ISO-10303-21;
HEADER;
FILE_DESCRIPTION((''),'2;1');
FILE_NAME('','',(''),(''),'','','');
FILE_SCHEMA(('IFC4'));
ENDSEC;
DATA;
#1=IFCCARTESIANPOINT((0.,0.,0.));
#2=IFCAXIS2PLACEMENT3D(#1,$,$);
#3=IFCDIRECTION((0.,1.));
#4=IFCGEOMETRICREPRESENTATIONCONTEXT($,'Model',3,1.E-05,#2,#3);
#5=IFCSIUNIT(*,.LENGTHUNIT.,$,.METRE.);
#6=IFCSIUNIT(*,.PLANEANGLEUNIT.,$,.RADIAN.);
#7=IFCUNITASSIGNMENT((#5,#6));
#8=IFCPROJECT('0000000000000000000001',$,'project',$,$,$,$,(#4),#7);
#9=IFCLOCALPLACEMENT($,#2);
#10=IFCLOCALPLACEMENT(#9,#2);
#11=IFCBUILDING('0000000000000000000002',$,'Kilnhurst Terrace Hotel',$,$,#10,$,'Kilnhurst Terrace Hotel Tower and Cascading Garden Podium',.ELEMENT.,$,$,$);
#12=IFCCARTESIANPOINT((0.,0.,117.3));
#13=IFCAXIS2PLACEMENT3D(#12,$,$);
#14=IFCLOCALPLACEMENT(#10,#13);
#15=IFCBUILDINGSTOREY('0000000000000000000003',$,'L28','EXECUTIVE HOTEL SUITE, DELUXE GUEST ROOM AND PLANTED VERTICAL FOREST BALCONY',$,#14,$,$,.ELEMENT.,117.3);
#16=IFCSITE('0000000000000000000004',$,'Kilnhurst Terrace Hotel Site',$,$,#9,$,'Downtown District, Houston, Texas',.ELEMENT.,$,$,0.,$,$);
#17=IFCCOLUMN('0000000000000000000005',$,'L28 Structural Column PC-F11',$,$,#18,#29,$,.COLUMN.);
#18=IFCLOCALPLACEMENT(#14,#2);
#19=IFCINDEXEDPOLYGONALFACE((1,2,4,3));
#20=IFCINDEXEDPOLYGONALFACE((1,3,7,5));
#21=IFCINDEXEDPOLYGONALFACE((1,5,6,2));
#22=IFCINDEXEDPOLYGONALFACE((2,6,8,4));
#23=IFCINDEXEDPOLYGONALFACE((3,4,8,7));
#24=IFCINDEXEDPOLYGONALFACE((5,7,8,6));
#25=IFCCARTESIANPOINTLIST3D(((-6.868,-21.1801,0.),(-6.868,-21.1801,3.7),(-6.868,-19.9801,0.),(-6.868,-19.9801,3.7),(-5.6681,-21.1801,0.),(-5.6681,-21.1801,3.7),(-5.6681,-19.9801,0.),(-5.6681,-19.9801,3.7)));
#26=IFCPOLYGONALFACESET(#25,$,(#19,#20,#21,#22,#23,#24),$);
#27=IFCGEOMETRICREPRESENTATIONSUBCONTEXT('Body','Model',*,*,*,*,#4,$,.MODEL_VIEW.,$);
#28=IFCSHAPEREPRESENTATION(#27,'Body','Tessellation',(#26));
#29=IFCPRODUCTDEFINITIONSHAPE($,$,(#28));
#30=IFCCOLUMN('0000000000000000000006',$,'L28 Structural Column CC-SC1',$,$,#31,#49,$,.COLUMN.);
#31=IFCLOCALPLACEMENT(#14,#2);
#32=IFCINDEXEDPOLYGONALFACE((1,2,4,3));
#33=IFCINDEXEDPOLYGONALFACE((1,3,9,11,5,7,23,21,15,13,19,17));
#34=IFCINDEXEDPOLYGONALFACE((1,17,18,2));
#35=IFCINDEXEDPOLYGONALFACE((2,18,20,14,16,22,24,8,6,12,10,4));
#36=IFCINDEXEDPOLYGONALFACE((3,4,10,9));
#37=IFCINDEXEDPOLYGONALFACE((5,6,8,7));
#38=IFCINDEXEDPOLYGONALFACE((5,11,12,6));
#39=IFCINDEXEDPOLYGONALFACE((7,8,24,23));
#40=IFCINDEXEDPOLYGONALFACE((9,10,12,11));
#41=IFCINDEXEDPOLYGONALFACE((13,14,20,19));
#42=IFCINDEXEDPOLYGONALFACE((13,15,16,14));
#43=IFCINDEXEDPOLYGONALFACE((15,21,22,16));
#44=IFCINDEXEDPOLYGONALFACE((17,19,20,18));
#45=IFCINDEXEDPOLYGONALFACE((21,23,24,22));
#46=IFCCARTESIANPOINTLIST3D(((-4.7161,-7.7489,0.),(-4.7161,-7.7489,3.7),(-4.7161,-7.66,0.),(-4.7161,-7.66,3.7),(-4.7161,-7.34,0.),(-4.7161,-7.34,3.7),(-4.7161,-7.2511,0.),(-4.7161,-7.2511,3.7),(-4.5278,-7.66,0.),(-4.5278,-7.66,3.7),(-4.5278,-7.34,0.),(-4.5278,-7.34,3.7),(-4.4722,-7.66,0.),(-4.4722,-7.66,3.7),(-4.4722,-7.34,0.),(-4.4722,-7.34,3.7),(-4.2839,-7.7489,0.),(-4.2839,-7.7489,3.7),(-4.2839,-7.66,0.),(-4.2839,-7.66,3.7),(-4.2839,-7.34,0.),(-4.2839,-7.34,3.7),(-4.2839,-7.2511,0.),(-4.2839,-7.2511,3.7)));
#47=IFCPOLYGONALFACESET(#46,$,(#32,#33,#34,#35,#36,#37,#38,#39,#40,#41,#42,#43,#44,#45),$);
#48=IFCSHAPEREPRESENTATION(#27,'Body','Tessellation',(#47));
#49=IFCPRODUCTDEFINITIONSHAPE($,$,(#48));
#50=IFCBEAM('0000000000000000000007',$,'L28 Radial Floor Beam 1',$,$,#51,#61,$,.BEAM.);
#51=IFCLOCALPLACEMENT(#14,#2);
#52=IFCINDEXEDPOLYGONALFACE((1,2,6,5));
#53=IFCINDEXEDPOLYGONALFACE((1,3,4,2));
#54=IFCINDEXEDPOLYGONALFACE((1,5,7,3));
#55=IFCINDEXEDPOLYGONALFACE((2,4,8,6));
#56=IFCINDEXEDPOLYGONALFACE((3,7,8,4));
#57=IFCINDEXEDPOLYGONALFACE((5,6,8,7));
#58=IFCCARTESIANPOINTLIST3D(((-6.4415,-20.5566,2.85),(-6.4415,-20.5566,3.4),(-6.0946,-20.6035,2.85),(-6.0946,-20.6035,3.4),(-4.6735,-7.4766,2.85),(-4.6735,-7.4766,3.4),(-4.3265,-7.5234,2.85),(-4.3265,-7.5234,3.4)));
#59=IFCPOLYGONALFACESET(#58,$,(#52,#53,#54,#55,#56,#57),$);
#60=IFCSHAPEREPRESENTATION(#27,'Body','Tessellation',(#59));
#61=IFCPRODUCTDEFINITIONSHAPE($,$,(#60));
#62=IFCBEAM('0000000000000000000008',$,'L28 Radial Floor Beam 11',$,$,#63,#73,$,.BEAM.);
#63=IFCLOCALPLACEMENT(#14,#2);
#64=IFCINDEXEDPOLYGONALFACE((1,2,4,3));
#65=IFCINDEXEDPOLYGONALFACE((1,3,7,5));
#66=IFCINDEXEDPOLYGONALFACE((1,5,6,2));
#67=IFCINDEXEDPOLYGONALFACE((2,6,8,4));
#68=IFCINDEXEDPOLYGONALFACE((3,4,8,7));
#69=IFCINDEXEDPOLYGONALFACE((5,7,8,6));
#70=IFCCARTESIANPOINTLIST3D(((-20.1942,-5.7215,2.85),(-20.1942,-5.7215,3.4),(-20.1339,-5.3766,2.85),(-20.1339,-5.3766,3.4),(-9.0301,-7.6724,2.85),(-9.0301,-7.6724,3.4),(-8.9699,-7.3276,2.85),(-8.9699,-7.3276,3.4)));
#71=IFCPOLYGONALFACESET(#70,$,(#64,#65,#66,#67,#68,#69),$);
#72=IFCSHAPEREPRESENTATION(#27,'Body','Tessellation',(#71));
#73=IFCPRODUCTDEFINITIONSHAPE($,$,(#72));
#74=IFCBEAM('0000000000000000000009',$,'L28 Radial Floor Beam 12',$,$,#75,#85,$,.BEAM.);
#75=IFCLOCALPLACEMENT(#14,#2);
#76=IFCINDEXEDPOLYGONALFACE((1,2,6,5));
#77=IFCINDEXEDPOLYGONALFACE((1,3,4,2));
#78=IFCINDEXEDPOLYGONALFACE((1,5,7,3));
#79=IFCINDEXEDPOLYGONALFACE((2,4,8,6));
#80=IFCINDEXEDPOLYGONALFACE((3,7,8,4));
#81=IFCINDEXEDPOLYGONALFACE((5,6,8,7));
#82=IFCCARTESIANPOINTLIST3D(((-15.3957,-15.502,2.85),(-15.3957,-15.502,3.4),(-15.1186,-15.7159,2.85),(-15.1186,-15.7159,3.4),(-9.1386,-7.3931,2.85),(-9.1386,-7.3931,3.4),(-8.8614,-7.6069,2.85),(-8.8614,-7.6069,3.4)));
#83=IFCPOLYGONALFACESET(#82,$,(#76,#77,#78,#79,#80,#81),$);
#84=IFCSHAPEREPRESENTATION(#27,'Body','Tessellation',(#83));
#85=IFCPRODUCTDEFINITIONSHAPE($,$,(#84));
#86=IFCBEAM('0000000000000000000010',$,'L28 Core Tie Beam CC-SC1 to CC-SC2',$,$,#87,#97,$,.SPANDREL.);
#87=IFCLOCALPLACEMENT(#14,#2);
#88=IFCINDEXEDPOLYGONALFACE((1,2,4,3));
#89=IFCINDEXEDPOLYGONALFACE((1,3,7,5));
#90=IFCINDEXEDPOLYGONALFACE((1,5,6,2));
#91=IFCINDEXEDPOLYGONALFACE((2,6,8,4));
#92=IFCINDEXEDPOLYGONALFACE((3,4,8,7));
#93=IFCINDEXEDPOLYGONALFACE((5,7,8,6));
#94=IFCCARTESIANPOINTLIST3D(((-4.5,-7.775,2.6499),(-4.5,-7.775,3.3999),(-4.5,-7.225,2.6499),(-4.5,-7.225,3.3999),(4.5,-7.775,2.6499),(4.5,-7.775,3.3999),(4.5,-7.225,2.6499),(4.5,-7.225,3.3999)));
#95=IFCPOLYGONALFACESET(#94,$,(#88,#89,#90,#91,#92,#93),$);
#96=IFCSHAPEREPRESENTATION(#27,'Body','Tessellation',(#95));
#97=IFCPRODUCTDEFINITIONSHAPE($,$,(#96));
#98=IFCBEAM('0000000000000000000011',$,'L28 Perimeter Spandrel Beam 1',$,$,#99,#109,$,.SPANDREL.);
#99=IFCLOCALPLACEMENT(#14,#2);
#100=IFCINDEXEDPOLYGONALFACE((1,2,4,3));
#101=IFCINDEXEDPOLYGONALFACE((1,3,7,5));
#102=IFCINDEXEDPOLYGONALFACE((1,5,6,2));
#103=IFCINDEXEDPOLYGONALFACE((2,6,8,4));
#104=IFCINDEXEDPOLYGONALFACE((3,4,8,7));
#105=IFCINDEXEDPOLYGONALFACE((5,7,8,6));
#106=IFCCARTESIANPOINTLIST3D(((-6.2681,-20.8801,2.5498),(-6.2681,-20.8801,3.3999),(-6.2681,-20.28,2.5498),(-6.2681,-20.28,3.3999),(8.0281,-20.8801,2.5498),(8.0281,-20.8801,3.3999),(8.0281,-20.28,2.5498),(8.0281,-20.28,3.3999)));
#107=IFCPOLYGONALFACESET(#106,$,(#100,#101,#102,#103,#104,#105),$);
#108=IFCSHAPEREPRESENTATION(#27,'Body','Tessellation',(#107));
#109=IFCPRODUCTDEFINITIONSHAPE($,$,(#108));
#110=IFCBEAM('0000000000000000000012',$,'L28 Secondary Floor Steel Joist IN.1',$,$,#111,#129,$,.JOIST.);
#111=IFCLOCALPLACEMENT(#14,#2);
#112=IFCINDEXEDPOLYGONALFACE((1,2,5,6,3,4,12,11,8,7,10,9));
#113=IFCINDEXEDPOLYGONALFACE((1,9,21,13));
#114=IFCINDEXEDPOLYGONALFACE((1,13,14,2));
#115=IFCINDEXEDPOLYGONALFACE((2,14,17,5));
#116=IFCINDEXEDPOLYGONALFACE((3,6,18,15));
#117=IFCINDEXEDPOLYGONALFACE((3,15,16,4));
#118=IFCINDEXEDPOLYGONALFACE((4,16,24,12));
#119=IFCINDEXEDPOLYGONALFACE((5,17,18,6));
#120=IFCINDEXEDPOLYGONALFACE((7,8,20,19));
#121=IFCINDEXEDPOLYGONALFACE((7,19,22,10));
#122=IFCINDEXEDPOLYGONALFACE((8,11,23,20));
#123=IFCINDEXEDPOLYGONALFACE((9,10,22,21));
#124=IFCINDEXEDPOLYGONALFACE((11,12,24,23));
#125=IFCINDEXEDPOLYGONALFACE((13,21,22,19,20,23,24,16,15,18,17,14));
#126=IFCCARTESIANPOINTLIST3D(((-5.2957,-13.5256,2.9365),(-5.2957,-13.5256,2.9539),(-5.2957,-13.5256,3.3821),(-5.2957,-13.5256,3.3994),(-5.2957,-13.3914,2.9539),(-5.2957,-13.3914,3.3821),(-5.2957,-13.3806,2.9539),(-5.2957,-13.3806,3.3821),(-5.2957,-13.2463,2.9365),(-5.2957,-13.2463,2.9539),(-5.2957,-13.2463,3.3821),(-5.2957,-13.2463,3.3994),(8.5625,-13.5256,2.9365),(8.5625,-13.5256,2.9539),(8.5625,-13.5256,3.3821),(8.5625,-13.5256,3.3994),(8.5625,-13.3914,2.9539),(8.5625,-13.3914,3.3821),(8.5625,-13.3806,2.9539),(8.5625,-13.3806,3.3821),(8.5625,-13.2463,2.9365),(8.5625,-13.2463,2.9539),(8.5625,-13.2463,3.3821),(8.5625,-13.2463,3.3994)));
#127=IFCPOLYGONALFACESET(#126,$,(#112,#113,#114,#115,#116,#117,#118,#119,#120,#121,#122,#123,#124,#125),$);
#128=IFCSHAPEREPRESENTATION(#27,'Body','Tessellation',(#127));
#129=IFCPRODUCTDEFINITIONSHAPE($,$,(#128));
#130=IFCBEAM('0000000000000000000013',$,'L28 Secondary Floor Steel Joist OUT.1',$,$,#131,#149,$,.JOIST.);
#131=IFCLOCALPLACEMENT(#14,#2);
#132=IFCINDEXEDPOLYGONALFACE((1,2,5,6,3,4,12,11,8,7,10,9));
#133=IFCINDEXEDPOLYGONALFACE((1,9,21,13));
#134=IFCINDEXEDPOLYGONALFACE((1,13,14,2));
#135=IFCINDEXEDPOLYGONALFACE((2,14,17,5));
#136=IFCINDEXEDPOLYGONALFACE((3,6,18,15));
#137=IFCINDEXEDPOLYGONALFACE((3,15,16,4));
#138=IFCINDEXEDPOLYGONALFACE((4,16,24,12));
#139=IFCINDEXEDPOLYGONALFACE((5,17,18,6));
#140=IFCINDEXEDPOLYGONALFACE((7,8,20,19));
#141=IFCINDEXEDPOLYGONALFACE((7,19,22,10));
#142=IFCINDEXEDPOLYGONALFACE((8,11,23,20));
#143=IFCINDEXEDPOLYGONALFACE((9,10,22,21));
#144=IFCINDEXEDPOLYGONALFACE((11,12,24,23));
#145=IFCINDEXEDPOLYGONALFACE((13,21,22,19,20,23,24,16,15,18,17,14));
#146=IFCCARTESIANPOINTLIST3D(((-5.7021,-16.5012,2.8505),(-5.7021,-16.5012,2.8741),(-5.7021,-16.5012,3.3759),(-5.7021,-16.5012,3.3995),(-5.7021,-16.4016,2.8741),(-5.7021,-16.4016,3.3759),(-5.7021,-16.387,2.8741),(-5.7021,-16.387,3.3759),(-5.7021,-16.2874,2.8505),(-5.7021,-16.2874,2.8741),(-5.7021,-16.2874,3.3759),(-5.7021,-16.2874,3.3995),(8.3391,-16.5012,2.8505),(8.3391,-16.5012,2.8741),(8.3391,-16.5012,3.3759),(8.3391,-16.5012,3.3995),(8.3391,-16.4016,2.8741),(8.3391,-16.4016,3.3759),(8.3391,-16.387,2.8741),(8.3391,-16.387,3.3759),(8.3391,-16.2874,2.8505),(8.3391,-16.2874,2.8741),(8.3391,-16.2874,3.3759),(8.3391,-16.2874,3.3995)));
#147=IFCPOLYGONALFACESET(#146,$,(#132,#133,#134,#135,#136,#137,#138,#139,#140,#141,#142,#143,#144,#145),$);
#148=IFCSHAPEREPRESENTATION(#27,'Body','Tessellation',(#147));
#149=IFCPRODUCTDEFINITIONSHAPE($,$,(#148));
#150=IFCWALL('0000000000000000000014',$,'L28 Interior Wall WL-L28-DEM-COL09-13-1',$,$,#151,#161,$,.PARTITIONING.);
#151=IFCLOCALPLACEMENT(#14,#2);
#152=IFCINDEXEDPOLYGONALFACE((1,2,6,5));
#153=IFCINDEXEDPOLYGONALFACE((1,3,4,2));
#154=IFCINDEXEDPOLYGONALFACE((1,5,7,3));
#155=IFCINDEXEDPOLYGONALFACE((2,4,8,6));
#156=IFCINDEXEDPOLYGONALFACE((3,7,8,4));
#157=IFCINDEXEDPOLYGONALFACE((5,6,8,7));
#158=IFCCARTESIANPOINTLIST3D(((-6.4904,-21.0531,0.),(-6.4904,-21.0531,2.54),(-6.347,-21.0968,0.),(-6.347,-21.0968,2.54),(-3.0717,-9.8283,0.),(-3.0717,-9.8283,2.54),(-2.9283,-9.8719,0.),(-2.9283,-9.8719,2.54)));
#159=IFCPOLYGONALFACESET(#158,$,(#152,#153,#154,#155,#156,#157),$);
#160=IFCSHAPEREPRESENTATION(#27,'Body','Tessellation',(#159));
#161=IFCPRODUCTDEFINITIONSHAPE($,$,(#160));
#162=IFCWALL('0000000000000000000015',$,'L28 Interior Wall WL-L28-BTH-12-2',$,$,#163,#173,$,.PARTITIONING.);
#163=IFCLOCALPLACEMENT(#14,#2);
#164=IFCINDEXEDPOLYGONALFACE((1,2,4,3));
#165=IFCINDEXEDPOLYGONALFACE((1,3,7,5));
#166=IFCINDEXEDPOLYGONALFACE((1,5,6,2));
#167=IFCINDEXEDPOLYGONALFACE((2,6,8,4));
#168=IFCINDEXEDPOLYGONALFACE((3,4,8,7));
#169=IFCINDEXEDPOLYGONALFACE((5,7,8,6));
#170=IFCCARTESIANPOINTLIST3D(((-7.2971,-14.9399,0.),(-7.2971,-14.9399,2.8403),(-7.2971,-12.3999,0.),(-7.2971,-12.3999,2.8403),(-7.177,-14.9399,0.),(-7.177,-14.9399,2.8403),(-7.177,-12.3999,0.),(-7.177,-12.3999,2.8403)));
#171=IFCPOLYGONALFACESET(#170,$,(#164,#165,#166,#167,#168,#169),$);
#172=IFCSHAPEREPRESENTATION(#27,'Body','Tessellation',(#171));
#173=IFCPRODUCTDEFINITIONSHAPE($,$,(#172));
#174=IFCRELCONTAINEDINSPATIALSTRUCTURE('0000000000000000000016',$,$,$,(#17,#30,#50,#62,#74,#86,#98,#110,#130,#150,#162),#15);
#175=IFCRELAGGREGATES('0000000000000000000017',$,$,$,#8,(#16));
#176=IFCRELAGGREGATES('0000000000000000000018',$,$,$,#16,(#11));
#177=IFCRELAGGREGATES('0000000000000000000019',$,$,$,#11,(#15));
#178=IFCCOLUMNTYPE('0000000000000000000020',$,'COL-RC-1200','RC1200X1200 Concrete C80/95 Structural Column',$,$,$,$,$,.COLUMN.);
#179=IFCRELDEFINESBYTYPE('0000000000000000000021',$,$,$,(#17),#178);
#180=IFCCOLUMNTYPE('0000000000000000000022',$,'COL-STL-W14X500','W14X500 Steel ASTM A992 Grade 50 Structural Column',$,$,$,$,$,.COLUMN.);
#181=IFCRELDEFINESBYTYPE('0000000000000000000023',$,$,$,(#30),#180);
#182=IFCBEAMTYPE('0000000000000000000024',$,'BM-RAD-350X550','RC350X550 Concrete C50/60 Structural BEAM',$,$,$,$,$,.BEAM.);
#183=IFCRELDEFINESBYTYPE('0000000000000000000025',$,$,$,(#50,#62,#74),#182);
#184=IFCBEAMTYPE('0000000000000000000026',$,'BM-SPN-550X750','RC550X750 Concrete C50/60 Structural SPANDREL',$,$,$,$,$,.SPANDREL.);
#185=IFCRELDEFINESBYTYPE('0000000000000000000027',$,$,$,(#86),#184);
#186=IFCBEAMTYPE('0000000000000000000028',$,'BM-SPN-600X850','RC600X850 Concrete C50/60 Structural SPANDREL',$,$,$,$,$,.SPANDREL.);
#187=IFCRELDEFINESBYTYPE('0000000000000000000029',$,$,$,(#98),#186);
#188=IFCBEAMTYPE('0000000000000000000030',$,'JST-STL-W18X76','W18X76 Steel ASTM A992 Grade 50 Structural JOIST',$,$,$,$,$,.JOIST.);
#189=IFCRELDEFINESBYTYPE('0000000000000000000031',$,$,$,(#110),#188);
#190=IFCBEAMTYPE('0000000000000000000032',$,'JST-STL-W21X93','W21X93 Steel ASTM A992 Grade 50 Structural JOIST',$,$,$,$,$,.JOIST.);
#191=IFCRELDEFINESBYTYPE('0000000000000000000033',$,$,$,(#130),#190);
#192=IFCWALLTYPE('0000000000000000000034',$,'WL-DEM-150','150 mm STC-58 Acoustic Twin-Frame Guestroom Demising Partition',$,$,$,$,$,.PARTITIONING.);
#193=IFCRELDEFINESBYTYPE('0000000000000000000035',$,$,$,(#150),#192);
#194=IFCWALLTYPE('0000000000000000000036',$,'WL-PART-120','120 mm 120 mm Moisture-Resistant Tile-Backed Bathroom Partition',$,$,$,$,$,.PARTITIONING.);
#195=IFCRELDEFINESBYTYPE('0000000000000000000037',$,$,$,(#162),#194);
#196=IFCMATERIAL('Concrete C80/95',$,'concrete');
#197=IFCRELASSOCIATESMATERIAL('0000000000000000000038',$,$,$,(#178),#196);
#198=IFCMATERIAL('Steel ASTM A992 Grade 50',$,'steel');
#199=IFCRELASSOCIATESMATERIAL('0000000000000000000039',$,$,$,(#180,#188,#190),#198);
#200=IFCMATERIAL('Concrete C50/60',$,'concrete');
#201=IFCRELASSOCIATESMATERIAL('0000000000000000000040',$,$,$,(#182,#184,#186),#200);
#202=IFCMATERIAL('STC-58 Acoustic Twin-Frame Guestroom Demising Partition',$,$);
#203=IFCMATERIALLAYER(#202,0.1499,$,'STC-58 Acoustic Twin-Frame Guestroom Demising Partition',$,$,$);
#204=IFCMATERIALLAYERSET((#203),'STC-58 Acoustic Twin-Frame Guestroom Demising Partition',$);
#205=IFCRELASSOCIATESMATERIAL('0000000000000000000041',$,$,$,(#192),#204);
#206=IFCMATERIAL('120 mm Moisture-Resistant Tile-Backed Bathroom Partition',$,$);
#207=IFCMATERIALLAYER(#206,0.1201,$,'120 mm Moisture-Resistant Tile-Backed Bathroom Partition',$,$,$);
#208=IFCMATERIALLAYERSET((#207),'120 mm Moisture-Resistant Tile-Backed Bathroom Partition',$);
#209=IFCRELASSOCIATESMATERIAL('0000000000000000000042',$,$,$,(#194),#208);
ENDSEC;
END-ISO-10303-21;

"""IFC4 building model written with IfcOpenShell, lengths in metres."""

from ifc_helpers import new_model, si_unit, direction, frame, frame_2d, origin, origin_2d, place, context, subcontext, project, spatial, rectangle, i_section, extrude, material, layer, layer_set, material_profile, profile_set, type_object, element, save


model = new_model("IFC4")

# Units and contexts
model_context = context("Model", 3, precision=1e-05, world=origin(), true_north=direction((0.0, 1.0)))
body_context = subcontext(model_context, "Body", "Model", "MODEL_VIEW")
ifc_project = project(units=[si_unit("LENGTHUNIT", "METRE"), si_unit("PLANEANGLEUNIT", "RADIAN")], contexts=[model_context])

# Site, building, storey
site_placement = place(None, origin())
site = spatial("IfcSite", under=ifc_project, at=site_placement, Name="Kilnhurst Terrace Hotel Site", LongName="Downtown District, Houston, Texas", CompositionType="ELEMENT", RefElevation=0.0)
building_placement = place(site_placement, origin())
building = spatial("IfcBuilding", under=site, at=building_placement, Name="Kilnhurst Terrace Hotel", LongName="Kilnhurst Terrace Hotel Tower and Cascading Garden Podium", CompositionType="ELEMENT")
storey_placement = place(building_placement, frame((0.0, 0.0, 117.3)))
storey = spatial("IfcBuildingStorey", under=building, at=storey_placement, Name="L28", Description="EXECUTIVE HOTEL SUITE, DELUXE GUEST ROOM AND PLANTED VERTICAL FOREST BALCONY", CompositionType="ELEMENT", Elevation=117.3)

# Columns
ifc_material_1 = material(Name="Concrete C80/95", Category="concrete")
ifc_material_profile_1 = material_profile(ifc_material_1, rectangle(XDim=1.2, YDim=1.2, at=origin_2d()), Name="RC1200X1200")
ifc_profile_set_1 = profile_set([ifc_material_profile_1], Name="Concrete C80/95")
column_type_1 = type_object("IfcColumnType", Name="COL-RC-1200", Description="RC1200X1200 Concrete C80/95 Structural Column", PredefinedType="COLUMN", material=ifc_profile_set_1)
column_1_placement = place(storey_placement, frame((-6.2681, -20.5801, 0.0), z_axis=(0.0, 0.0, 1.0), x_axis=(1.0, 0.0, 0.0)))
element("IfcColumn", 1, at=column_1_placement, inside=storey, type_object=column_type_1, Name="L28 Structural Column PC-F11", PredefinedType="COLUMN", context=body_context, shape_type="SweptSolid", body=[
    extrude(rectangle(XDim=1.2, YDim=1.2, at=origin_2d()), origin(), (0.0, 0.0, 1.0), 3.7),
])
ifc_material_2 = material(Name="Steel ASTM A992 Grade 50", Category="steel")
ifc_material_profile_2 = material_profile(ifc_material_2, i_section(OverallWidth=0.4321, OverallDepth=0.4978, WebThickness=0.0557, FlangeThickness=0.0889, at=origin_2d()), Name="W14X500")
ifc_profile_set_2 = profile_set([ifc_material_profile_2], Name="Steel ASTM A992 Grade 50")
column_type_2 = type_object("IfcColumnType", Name="COL-STL-W14X500", Description="W14X500 Steel ASTM A992 Grade 50 Structural Column", PredefinedType="COLUMN", material=ifc_profile_set_2)
column_2_placement = place(storey_placement, frame((-4.5, -7.5, 0.0), z_axis=(0.0, 0.0, 1.0), x_axis=(1.0, 0.0, 0.0)))
element("IfcColumn", 2, at=column_2_placement, inside=storey, type_object=column_type_2, Name="L28 Structural Column CC-SC1", PredefinedType="COLUMN", context=body_context, shape_type="SweptSolid", body=[
    extrude(i_section(OverallWidth=0.4321, OverallDepth=0.4978, WebThickness=0.0557, FlangeThickness=0.0889, at=origin_2d()), origin(), (0.0, 0.0, 1.0), 3.7),
])

# Beams
ifc_material_3 = material(Name="Concrete C50/60", Category="concrete")
ifc_material_profile_3 = material_profile(ifc_material_3, rectangle(XDim=0.3501, YDim=0.55, at=origin_2d()), Name="RC350X550")
ifc_profile_set_3 = profile_set([ifc_material_profile_3], Name="Concrete C50/60")
beam_type_1 = type_object("IfcBeamType", Name="BM-RAD-350X550", Description="RC350X550 Concrete C50/60 Structural BEAM", PredefinedType="BEAM", material=ifc_profile_set_3)
beam_1_placement = place(storey_placement, frame((-4.5, -7.5, 3.125), z_axis=(-0.133954, -0.990988, 0.0), x_axis=(0.990988, -0.133954, 0.0)))
element("IfcBeam", 3, at=beam_1_placement, inside=storey, type_object=beam_type_1, Name="L28 Radial Floor Beam 1", PredefinedType="BEAM", context=body_context, shape_type="SweptSolid", body=[
    extrude(rectangle(XDim=0.3501, YDim=0.55, at=origin_2d()), origin(), (0.0, 0.0, 1.0), 13.199),
])
beam_2_placement = place(storey_placement, frame((-9.0, -7.5, 3.125), z_axis=(-0.985072, 0.172142, 0.0), x_axis=(-0.172142, -0.985072, 0.0)))
element("IfcBeam", 4, at=beam_2_placement, inside=storey, type_object=beam_type_1, Name="L28 Radial Floor Beam 11", PredefinedType="BEAM", context=body_context, shape_type="SweptSolid", body=[
    extrude(rectangle(XDim=0.3501, YDim=0.55, at=origin_2d()), origin(), (0.0, 0.0, 1.0), 11.3333),
])
beam_3_placement = place(storey_placement, frame((-9.0, -7.5, 3.125), z_axis=(-0.610905, -0.791704, 0.0), x_axis=(0.791704, -0.610905, 0.0)))
element("IfcBeam", 5, at=beam_3_placement, inside=storey, type_object=beam_type_1, Name="L28 Radial Floor Beam 12", PredefinedType="BEAM", context=body_context, shape_type="SweptSolid", body=[
    extrude(rectangle(XDim=0.3501, YDim=0.55, at=origin_2d()), origin(), (0.0, 0.0, 1.0), 10.2424),
])
ifc_material_profile_4 = material_profile(ifc_material_3, rectangle(XDim=0.55, YDim=0.75, at=origin_2d()), Name="RC550X750")
ifc_profile_set_4 = profile_set([ifc_material_profile_4], Name="Concrete C50/60")
beam_type_2 = type_object("IfcBeamType", Name="BM-SPN-550X750", Description="RC550X750 Concrete C50/60 Structural SPANDREL", PredefinedType="SPANDREL", material=ifc_profile_set_4)
beam_4_placement = place(storey_placement, frame((-4.5, -7.5, 3.0249), z_axis=(1.0, 0.0, 0.0), x_axis=(0.0, 1.0, 0.0)))
element("IfcBeam", 6, at=beam_4_placement, inside=storey, type_object=beam_type_2, Name="L28 Core Tie Beam CC-SC1 to CC-SC2", PredefinedType="SPANDREL", context=body_context, shape_type="SweptSolid", body=[
    extrude(rectangle(XDim=0.55, YDim=0.75, at=origin_2d()), origin(), (0.0, 0.0, 1.0), 9.0),
])
ifc_material_profile_5 = material_profile(ifc_material_3, rectangle(XDim=0.6001, YDim=0.8501, at=origin_2d()), Name="RC600X850")
ifc_profile_set_5 = profile_set([ifc_material_profile_5], Name="Concrete C50/60")
beam_type_3 = type_object("IfcBeamType", Name="BM-SPN-600X850", Description="RC600X850 Concrete C50/60 Structural SPANDREL", PredefinedType="SPANDREL", material=ifc_profile_set_5)
beam_5_placement = place(storey_placement, frame((-6.2681, -20.5801, 2.9749), z_axis=(1.0, 0.0, 0.0), x_axis=(0.0, 1.0, 0.0)))
element("IfcBeam", 7, at=beam_5_placement, inside=storey, type_object=beam_type_3, Name="L28 Perimeter Spandrel Beam 1", PredefinedType="SPANDREL", context=body_context, shape_type="SweptSolid", body=[
    extrude(rectangle(XDim=0.6001, YDim=0.8501, at=origin_2d()), origin(), (0.0, 0.0, 1.0), 14.2961),
])
ifc_material_profile_6 = material_profile(ifc_material_2, i_section(OverallWidth=0.2793, OverallDepth=0.4629, WebThickness=0.0107, FlangeThickness=0.0173, at=origin_2d()), Name="W18X76")
ifc_profile_set_6 = profile_set([ifc_material_profile_6], Name="Steel ASTM A992 Grade 50")
beam_type_4 = type_object("IfcBeamType", Name="JST-STL-W18X76", Description="W18X76 Steel ASTM A992 Grade 50 Structural JOIST", PredefinedType="JOIST", material=ifc_profile_set_6)
beam_6_placement = place(storey_placement, frame((-5.2957, -13.386, 3.168), z_axis=(1.0, 0.0, 0.0), x_axis=(0.0, 1.0, 0.0)))
element("IfcBeam", 8, at=beam_6_placement, inside=storey, type_object=beam_type_4, Name="L28 Secondary Floor Steel Joist IN.1", PredefinedType="JOIST", context=body_context, shape_type="SweptSolid", body=[
    extrude(i_section(OverallWidth=0.2793, OverallDepth=0.4629, WebThickness=0.0107, FlangeThickness=0.0173, at=origin_2d()), origin(), (0.0, 0.0, 1.0), 13.8582),
])
ifc_material_profile_7 = material_profile(ifc_material_2, i_section(OverallWidth=0.2139, OverallDepth=0.5491, WebThickness=0.0146, FlangeThickness=0.0237, at=origin_2d()), Name="W21X93")
ifc_profile_set_7 = profile_set([ifc_material_profile_7], Name="Steel ASTM A992 Grade 50")
beam_type_5 = type_object("IfcBeamType", Name="JST-STL-W21X93", Description="W21X93 Steel ASTM A992 Grade 50 Structural JOIST", PredefinedType="JOIST", material=ifc_profile_set_7)
beam_7_placement = place(storey_placement, frame((-5.7021, -16.3943, 3.125), z_axis=(1.0, 0.0, 0.0), x_axis=(0.0, 1.0, 0.0)))
element("IfcBeam", 9, at=beam_7_placement, inside=storey, type_object=beam_type_5, Name="L28 Secondary Floor Steel Joist OUT.1", PredefinedType="JOIST", context=body_context, shape_type="SweptSolid", body=[
    extrude(i_section(OverallWidth=0.2139, OverallDepth=0.5491, WebThickness=0.0146, FlangeThickness=0.0237, at=origin_2d()), origin(), (0.0, 0.0, 1.0), 14.0413),
])

# Walls
ifc_material_4 = material(Name="STC-58 Acoustic Twin-Frame Guestroom Demising Partition")
ifc_layer_1 = layer(ifc_material_4, 0.1499, Name="STC-58 Acoustic Twin-Frame Guestroom Demising Partition")
ifc_layer_set_1 = layer_set([ifc_layer_1], Name="STC-58 Acoustic Twin-Frame Guestroom Demising Partition")
wall_type_1 = type_object("IfcWallType", Name="WL-DEM-150", Description="150 mm STC-58 Acoustic Twin-Frame Guestroom Demising Partition", PredefinedType="PARTITIONING", material=ifc_layer_set_1)
wall_1_placement = place(storey_placement, frame((-3.0, -9.8501, 0.0), z_axis=(0.0, 0.0, 1.0), x_axis=(-0.291352, -0.956616, 0.0)))
element("IfcWall", 10, at=wall_1_placement, inside=storey, type_object=wall_type_1, Name="L28 Interior Wall WL-L28-DEM-COL09-13-1", PredefinedType="PARTITIONING", context=body_context, shape_type="SweptSolid", body=[
    extrude(rectangle(XDim=11.7339, YDim=0.1499, at=frame_2d((5.8669, 0.0))), origin(), (0.0, 0.0, 1.0), 2.54),
])
ifc_material_5 = material(Name="120 mm Moisture-Resistant Tile-Backed Bathroom Partition")
ifc_layer_2 = layer(ifc_material_5, 0.1201, Name="120 mm Moisture-Resistant Tile-Backed Bathroom Partition")
ifc_layer_set_2 = layer_set([ifc_layer_2], Name="120 mm Moisture-Resistant Tile-Backed Bathroom Partition")
wall_type_2 = type_object("IfcWallType", Name="WL-PART-120", Description="120 mm 120 mm Moisture-Resistant Tile-Backed Bathroom Partition", PredefinedType="PARTITIONING", material=ifc_layer_set_2)
wall_2_placement = place(storey_placement, frame((-7.2371, -14.9399, 0.0), z_axis=(0.0, 0.0, 1.0), x_axis=(0.0, 1.0, 0.0)))
element("IfcWall", 11, at=wall_2_placement, inside=storey, type_object=wall_type_2, Name="L28 Interior Wall WL-L28-BTH-12-2", PredefinedType="PARTITIONING", context=body_context, shape_type="SweptSolid", body=[
    extrude(rectangle(XDim=2.54, YDim=0.1201, at=frame_2d((1.27, 0.0))), origin(), (0.0, 0.0, 1.0), 2.8403),
])

save(model, "model.ifc")
